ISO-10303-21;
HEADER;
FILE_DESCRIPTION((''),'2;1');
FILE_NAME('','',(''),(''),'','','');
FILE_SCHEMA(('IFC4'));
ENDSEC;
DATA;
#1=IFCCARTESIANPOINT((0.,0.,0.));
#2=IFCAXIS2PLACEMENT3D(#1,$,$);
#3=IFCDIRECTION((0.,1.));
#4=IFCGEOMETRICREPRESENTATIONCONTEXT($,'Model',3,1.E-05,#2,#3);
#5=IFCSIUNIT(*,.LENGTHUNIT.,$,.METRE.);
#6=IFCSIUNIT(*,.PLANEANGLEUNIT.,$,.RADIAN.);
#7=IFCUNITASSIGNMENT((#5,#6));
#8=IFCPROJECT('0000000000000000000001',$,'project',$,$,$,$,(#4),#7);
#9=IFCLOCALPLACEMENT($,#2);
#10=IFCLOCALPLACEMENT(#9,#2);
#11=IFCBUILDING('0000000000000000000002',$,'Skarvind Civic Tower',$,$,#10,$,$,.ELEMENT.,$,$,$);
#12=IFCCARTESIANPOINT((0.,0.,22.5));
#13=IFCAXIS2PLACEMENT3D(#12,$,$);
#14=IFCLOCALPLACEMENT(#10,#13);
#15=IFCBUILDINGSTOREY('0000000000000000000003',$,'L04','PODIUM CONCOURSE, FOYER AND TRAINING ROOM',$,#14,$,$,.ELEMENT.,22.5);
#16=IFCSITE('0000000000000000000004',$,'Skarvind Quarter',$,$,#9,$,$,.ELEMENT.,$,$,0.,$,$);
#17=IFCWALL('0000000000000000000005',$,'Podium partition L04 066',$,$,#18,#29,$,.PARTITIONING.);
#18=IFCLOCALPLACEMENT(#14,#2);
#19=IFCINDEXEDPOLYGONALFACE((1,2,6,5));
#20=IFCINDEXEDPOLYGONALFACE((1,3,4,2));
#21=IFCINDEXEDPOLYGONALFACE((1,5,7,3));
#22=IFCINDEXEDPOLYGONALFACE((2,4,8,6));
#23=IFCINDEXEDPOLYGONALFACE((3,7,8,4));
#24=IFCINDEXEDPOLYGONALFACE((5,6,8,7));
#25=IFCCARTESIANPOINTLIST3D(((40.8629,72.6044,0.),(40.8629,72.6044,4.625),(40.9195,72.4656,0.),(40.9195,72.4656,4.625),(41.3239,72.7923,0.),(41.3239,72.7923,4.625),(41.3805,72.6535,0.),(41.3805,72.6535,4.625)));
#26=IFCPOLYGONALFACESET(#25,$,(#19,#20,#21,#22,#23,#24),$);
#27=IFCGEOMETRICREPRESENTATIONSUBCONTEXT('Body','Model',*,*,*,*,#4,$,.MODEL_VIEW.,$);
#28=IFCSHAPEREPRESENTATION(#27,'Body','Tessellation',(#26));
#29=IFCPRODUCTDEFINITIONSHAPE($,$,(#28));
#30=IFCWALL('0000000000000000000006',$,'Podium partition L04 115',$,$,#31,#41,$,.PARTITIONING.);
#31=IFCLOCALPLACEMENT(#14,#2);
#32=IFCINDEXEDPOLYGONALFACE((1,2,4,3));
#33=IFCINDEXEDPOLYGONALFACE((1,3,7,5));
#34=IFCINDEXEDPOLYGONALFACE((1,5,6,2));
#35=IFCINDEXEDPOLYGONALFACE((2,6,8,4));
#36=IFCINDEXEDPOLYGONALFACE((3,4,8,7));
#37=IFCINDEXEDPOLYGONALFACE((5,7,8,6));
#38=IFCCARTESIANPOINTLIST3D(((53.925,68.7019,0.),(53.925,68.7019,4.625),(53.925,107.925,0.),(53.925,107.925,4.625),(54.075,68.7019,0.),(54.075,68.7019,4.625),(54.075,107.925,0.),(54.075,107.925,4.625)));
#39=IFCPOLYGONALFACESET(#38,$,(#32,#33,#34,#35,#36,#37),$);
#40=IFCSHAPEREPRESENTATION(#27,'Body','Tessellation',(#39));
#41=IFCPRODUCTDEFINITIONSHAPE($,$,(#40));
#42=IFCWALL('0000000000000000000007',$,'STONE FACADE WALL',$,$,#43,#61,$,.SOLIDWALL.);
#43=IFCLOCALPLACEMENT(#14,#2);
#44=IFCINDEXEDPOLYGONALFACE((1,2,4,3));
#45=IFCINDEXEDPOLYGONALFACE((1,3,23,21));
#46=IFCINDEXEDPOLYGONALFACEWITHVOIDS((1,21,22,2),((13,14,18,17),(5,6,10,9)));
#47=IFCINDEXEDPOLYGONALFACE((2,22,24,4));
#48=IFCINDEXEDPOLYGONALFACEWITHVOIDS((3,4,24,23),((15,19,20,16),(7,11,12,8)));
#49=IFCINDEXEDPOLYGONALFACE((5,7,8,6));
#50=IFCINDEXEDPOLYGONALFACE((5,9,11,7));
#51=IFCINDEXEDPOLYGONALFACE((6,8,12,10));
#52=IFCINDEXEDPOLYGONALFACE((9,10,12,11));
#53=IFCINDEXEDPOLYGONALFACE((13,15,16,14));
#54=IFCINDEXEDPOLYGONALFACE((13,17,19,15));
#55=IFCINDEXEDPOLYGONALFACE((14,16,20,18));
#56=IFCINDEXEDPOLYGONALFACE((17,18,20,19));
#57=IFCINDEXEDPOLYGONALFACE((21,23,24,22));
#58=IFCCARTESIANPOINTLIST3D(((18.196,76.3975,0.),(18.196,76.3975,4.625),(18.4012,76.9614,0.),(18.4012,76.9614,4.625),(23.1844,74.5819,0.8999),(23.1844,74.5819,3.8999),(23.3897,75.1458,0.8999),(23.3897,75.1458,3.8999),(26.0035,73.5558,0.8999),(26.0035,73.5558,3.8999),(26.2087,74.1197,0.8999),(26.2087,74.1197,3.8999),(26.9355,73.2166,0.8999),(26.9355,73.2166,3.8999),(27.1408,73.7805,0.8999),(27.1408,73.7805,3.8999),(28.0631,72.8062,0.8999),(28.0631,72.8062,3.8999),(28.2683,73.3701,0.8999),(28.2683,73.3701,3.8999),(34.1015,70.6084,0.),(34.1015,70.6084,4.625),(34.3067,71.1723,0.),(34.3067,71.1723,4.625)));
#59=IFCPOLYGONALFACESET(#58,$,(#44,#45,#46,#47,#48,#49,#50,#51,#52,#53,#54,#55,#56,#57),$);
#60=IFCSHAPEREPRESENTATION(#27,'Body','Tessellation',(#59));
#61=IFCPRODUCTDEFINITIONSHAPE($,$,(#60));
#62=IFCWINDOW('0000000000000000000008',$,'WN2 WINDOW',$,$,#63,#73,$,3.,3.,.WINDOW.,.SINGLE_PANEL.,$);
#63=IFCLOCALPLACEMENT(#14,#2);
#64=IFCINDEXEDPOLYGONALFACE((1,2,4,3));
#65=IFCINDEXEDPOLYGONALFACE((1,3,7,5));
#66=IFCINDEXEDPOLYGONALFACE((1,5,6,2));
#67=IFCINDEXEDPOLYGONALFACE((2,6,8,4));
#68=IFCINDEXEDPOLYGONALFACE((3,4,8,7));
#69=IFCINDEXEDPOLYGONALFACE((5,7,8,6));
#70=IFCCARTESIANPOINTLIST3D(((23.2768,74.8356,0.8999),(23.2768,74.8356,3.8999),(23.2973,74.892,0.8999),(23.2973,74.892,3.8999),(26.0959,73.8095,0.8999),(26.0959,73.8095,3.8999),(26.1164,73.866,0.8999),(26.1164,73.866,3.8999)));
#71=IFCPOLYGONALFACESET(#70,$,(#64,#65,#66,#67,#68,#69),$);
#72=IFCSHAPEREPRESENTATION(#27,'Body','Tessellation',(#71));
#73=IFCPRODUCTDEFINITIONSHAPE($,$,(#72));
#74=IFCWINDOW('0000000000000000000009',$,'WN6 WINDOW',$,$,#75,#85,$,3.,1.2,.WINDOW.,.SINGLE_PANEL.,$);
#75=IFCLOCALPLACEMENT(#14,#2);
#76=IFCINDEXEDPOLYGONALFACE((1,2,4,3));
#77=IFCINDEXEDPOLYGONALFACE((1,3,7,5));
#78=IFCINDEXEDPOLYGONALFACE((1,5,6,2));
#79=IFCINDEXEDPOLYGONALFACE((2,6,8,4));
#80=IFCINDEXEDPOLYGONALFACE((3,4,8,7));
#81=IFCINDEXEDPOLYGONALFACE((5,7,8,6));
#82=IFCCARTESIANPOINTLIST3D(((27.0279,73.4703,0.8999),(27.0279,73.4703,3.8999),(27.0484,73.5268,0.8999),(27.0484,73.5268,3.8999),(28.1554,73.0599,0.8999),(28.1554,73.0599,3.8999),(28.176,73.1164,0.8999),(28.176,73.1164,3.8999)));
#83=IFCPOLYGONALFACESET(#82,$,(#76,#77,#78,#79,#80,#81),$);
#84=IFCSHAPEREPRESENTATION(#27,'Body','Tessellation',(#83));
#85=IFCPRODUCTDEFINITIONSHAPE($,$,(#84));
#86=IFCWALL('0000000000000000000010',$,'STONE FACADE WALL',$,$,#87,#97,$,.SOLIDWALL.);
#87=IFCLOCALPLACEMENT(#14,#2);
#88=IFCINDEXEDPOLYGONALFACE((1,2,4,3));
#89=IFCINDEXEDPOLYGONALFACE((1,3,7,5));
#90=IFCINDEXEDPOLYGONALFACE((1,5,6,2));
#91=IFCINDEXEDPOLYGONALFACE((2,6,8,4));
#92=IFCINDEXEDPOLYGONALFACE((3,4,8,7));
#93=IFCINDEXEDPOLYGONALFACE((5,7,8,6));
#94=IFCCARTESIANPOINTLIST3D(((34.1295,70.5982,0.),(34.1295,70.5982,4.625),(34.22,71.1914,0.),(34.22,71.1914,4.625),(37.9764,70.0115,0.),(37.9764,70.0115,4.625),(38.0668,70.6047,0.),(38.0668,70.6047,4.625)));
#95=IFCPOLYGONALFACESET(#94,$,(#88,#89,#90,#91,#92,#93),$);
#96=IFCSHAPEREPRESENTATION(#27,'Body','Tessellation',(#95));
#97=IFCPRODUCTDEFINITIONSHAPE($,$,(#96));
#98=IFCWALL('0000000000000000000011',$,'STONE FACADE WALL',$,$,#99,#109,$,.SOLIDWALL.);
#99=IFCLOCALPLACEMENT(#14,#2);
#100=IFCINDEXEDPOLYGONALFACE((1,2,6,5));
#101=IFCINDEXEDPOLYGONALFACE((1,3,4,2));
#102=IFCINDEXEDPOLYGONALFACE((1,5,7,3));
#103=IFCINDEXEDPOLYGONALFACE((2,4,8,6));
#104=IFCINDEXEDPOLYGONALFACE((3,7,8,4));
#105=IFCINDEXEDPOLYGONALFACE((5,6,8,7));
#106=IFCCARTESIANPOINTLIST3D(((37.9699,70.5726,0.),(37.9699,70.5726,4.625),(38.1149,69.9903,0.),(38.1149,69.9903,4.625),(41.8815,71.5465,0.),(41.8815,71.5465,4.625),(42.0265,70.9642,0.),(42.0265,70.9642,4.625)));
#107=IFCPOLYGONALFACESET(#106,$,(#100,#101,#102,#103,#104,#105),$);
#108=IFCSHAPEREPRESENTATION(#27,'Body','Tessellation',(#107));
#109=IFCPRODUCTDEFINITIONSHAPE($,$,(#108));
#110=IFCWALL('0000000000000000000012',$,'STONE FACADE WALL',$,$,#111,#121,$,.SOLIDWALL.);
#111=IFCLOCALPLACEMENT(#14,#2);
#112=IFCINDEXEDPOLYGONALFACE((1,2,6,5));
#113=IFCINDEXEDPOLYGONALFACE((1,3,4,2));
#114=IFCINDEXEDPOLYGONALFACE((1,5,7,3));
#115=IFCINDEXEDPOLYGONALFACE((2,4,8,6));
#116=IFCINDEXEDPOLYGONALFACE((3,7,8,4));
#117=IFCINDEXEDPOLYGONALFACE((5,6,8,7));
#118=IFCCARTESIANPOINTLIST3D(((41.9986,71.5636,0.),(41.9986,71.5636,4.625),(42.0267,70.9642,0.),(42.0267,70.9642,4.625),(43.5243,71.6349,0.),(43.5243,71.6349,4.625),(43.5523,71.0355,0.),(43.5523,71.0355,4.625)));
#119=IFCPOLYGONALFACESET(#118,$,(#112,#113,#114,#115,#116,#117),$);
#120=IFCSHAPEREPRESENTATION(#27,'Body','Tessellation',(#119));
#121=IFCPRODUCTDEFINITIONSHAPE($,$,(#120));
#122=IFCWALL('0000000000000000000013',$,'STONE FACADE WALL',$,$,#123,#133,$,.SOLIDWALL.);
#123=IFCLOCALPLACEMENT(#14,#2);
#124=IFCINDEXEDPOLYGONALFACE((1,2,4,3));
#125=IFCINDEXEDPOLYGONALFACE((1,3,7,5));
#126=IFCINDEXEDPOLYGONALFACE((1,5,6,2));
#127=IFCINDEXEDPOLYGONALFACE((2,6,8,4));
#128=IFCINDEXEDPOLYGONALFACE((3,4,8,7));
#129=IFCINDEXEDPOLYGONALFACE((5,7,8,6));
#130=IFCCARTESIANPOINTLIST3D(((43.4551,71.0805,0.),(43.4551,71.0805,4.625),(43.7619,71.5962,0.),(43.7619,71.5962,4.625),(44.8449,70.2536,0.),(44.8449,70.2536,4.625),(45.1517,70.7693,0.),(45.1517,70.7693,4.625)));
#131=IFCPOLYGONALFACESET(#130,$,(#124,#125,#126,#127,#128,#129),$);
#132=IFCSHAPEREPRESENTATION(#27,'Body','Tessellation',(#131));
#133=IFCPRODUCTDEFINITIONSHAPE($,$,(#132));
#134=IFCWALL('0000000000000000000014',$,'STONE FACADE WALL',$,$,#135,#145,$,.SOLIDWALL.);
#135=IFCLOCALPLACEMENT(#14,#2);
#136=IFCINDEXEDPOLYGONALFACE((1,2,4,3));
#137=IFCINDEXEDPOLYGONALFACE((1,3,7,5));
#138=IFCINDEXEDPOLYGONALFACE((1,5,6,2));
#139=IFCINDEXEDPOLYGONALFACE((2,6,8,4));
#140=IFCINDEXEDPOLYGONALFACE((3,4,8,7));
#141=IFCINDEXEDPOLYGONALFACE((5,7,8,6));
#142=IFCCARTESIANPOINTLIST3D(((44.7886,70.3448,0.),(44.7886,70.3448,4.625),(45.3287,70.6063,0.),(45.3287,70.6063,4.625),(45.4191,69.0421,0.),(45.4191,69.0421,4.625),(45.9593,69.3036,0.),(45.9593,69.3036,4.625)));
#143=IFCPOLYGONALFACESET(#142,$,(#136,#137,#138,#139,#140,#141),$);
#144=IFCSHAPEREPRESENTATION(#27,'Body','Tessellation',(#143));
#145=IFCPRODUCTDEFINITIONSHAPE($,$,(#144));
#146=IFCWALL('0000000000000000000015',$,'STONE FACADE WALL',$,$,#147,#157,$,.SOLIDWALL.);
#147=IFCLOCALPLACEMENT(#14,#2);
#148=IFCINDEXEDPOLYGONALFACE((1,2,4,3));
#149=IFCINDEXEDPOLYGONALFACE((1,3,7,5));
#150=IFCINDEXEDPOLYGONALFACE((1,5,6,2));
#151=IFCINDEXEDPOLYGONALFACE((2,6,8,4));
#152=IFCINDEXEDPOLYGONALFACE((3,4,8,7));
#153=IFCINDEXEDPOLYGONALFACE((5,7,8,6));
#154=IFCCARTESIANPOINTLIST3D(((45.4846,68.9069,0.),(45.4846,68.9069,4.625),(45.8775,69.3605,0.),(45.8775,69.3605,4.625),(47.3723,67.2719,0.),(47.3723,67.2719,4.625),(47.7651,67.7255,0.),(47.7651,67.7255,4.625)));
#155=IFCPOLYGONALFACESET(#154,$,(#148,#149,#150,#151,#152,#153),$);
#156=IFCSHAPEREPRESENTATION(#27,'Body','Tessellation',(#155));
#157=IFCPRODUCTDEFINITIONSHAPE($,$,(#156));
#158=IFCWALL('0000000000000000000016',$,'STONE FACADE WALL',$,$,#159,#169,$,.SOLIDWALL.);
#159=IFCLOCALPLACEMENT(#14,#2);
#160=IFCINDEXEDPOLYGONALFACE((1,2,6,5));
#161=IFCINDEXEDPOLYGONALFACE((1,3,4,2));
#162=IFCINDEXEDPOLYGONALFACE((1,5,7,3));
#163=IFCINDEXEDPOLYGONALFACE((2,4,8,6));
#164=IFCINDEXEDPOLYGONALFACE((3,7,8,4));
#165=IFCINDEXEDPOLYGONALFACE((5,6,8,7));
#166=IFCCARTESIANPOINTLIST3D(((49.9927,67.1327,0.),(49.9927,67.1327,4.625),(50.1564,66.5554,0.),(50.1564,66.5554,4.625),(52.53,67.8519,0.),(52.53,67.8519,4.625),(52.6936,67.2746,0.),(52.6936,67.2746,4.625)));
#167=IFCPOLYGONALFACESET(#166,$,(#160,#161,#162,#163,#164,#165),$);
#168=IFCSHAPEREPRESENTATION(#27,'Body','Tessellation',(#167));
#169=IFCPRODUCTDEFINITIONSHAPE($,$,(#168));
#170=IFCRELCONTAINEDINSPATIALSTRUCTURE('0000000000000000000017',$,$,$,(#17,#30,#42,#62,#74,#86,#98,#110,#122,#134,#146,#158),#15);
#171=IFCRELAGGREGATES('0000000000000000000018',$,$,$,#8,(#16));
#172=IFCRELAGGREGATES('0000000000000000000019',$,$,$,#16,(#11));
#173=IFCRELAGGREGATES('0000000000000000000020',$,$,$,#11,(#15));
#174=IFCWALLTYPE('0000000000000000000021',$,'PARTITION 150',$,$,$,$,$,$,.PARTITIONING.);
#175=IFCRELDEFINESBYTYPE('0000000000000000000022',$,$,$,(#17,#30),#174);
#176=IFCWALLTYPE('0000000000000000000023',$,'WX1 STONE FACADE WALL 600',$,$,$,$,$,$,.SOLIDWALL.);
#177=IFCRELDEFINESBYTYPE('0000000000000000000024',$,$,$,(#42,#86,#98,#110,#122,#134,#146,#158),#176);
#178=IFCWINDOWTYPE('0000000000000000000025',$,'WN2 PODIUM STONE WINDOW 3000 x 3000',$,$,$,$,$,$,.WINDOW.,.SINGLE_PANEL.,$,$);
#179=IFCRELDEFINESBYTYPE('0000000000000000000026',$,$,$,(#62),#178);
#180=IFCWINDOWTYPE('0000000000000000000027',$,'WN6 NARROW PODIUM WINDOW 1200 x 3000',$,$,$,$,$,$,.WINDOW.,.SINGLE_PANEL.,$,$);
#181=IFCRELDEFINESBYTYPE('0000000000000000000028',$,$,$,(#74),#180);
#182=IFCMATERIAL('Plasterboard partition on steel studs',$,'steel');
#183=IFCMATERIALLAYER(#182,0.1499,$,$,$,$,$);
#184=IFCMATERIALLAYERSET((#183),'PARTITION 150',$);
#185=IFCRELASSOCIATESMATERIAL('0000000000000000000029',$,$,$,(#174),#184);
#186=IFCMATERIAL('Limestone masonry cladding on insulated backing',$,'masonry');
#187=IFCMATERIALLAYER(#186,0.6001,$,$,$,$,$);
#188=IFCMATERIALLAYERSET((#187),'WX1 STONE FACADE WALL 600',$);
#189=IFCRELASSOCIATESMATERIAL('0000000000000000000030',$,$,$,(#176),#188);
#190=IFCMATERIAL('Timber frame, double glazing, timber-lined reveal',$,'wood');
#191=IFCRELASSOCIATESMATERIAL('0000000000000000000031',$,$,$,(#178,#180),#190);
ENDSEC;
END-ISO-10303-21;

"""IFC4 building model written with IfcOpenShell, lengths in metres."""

from ifc_helpers import new_model, si_unit, direction, frame, frame_2d, origin, place, context, subcontext, project, spatial, rectangle, extrude, material, layer, layer_set, type_object, element, fill, save


model = new_model("IFC4")

# Units and contexts
model_context = context("Model", 3, precision=1e-05, world=origin(), true_north=direction((0.0, 1.0)))
body_context = subcontext(model_context, "Body", "Model", "MODEL_VIEW")
ifc_project = project(units=[si_unit("LENGTHUNIT", "METRE"), si_unit("PLANEANGLEUNIT", "RADIAN")], contexts=[model_context])

# Site, building, storey
site_placement = place(None, origin())
site = spatial("IfcSite", under=ifc_project, at=site_placement, Name="Skarvind Quarter", CompositionType="ELEMENT", RefElevation=0.0)
building_placement = place(site_placement, origin())
building = spatial("IfcBuilding", under=site, at=building_placement, Name="Skarvind Civic Tower", CompositionType="ELEMENT")
storey_placement = place(building_placement, frame((0.0, 0.0, 22.5)))
storey = spatial("IfcBuildingStorey", under=building, at=storey_placement, Name="L04", Description="PODIUM CONCOURSE, FOYER AND TRAINING ROOM", CompositionType="ELEMENT", Elevation=22.5)

# Shared definitions
ifc_material_1 = material(Name="Plasterboard partition on steel studs", Category="steel")
ifc_layer_1 = layer(ifc_material_1, 0.1499)
ifc_layer_set_1 = layer_set([ifc_layer_1], Name="PARTITION 150")
wall_type_1 = type_object("IfcWallType", Name="PARTITION 150", PredefinedType="PARTITIONING", material=ifc_layer_set_1)

# Walls
wall_1_placement = place(storey_placement, frame((40.8911, 72.5349, 0.0), z_axis=(0.0, 0.0, 1.0), x_axis=(0.925953, 0.37764, 0.0)))
element("IfcWall", 1, at=wall_1_placement, inside=storey, type_object=wall_type_1, Name="Podium partition L04 066", PredefinedType="PARTITIONING", context=body_context, shape_type="SweptSolid", body=[
    extrude(rectangle(XDim=0.4978, YDim=0.1499, at=frame_2d((0.249, 0.0))), origin(), (0.0, 0.0, 1.0), 4.625),
])
wall_2_placement = place(storey_placement, frame((54.0, 68.7019, 0.0), z_axis=(0.0, 0.0, 1.0), x_axis=(0.0, 1.0, 0.0)))
element("IfcWall", 2, at=wall_2_placement, inside=storey, type_object=wall_type_1, Name="Podium partition L04 115", PredefinedType="PARTITIONING", context=body_context, shape_type="SweptSolid", body=[
    extrude(rectangle(XDim=39.2231, YDim=0.1499, at=frame_2d((19.6116, 0.0))), origin(), (0.0, 0.0, 1.0), 4.625),
])

# Wall, openings, windows
ifc_material_2 = material(Name="Limestone masonry cladding on insulated backing", Category="masonry")
ifc_layer_2 = layer(ifc_material_2, 0.6001)
ifc_layer_set_2 = layer_set([ifc_layer_2], Name="WX1 STONE FACADE WALL 600")
wall_type_2 = type_object("IfcWallType", Name="WX1 STONE FACADE WALL 600", PredefinedType="SOLIDWALL", material=ifc_layer_set_2)
wall_3_placement = place(storey_placement, frame((34.2041, 70.8904, 0.0), z_axis=(0.0, 0.0, 1.0), x_axis=(-0.939694, 0.342016, 0.0)))
wall_3 = element("IfcWall", 3, at=wall_3_placement, inside=storey, type_object=wall_type_2, Name="STONE FACADE WALL", PredefinedType="SOLIDWALL", context=body_context, shape_type="SweptSolid", body=[
    extrude(rectangle(XDim=16.9263, YDim=0.6001, at=frame_2d((8.4631, 0.0))), origin(), (0.0, 0.0, 1.0), 4.625),
])
opening_1_placement = place(wall_3_placement, frame((6.4258, 0.0, 0.8999)))
opening_1 = element("IfcOpeningElement", 4, at=opening_1_placement, cuts=wall_3, PredefinedType="OPENING", context=body_context, shape_type="SweptSolid", body=[
    extrude(rectangle(XDim=1.2, YDim=3.0, at=frame_2d((0.6001, 1.5))), frame((0.0, 0.3101, 0.0), z_axis=(0.0, -1.0, 0.0), x_axis=(1.0, 0.0, 0.0)), (0.0, 0.0, 1.0), 0.6201),
])
opening_2_placement = place(wall_3_placement, frame((8.6177, 0.0, 0.8999)))
opening_2 = element("IfcOpeningElement", 5, at=opening_2_placement, cuts=wall_3, PredefinedType="OPENING", context=body_context, shape_type="SweptSolid", body=[
    extrude(rectangle(XDim=3.0, YDim=3.0, at=frame_2d((1.5, 1.5))), frame((0.0, 0.3101, 0.0), z_axis=(0.0, -1.0, 0.0), x_axis=(1.0, 0.0, 0.0)), (0.0, 0.0, 1.0), 0.6201),
])
ifc_material_3 = material(Name="Timber frame, double glazing, timber-lined reveal", Category="wood")
window_type_1 = type_object("IfcWindowType", Name="WN2 PODIUM STONE WINDOW 3000 x 3000", PartitioningType="SINGLE_PANEL", PredefinedType="WINDOW", material=ifc_material_3)
window_1_placement = place(opening_2_placement, origin())
window_1 = element("IfcWindow", 6, at=window_1_placement, inside=storey, type_object=window_type_1, Name="WN2 WINDOW", OverallHeight=3.0, OverallWidth=3.0, PartitioningType="SINGLE_PANEL", PredefinedType="WINDOW", context=body_context, shape_type="SweptSolid", body=[
    extrude(rectangle(XDim=3.0, YDim=3.0, at=frame_2d((1.5, 1.5))), frame((0.0, 0.03, 0.0), z_axis=(0.0, -1.0, 0.0), x_axis=(1.0, 0.0, 0.0)), (0.0, 0.0, 1.0), 0.0601),
])
fill(opening_2, window_1)
window_type_2 = type_object("IfcWindowType", Name="WN6 NARROW PODIUM WINDOW 1200 x 3000", PartitioningType="SINGLE_PANEL", PredefinedType="WINDOW", material=ifc_material_3)
window_2_placement = place(opening_1_placement, origin())
window_2 = element("IfcWindow", 7, at=window_2_placement, inside=storey, type_object=window_type_2, Name="WN6 WINDOW", OverallHeight=3.0, OverallWidth=1.2, PartitioningType="SINGLE_PANEL", PredefinedType="WINDOW", context=body_context, shape_type="SweptSolid", body=[
    extrude(rectangle(XDim=1.2, YDim=3.0, at=frame_2d((0.6001, 1.5))), frame((0.0, 0.03, 0.0), z_axis=(0.0, -1.0, 0.0), x_axis=(1.0, 0.0, 0.0)), (0.0, 0.0, 1.0), 0.0601),
])
fill(opening_1, window_2)

# Walls
wall_4_placement = place(storey_placement, frame((38.0217, 70.3081, 0.0), z_axis=(0.0, 0.0, 1.0), x_axis=(-0.98857, 0.150761, 0.0)))
element("IfcWall", 8, at=wall_4_placement, inside=storey, type_object=wall_type_2, Name="STONE FACADE WALL", PredefinedType="SOLIDWALL", context=body_context, shape_type="SweptSolid", body=[
    extrude(rectangle(XDim=3.8914, YDim=0.6001, at=frame_2d((1.9458, 0.0))), origin(), (0.0, 0.0, 1.0), 4.625),
])
wall_5_placement = place(storey_placement, frame((41.9541, 71.2554, 0.0), z_axis=(0.0, 0.0, 1.0), x_axis=(-0.970377, -0.241595, 0.0)))
element("IfcWall", 9, at=wall_5_placement, inside=storey, type_object=wall_type_2, Name="STONE FACADE WALL", PredefinedType="SOLIDWALL", context=body_context, shape_type="SweptSolid", body=[
    extrude(rectangle(XDim=4.031, YDim=0.6001, at=frame_2d((2.0156, 0.0))), origin(), (0.0, 0.0, 1.0), 4.625),
])
wall_6_placement = place(storey_placement, frame((43.5383, 71.3352, 0.0), z_axis=(0.0, 0.0, 1.0), x_axis=(-0.99891, -0.046677, 0.0)))
element("IfcWall", 10, at=wall_6_placement, inside=storey, type_object=wall_type_2, Name="STONE FACADE WALL", PredefinedType="SOLIDWALL", context=body_context, shape_type="SweptSolid", body=[
    extrude(rectangle(XDim=1.5273, YDim=0.6001, at=frame_2d((0.7637, 0.0))), origin(), (0.0, 0.0, 1.0), 4.625),
])
wall_7_placement = place(storey_placement, frame((44.9983, 70.5115, 0.0), z_axis=(0.0, 0.0, 1.0), x_axis=(-0.859405, 0.511295, 0.0)))
element("IfcWall", 11, at=wall_7_placement, inside=storey, type_object=wall_type_2, Name="STONE FACADE WALL", PredefinedType="SOLIDWALL", context=body_context, shape_type="SweptSolid", body=[
    extrude(rectangle(XDim=1.6172, YDim=0.6001, at=frame_2d((0.8086, 0.0))), origin(), (0.0, 0.0, 1.0), 4.625),
])
wall_8_placement = place(storey_placement, frame((45.6892, 69.1729, 0.0), z_axis=(0.0, 0.0, 1.0), x_axis=(-0.435706, 0.900089, 0.0)))
element("IfcWall", 12, at=wall_8_placement, inside=storey, type_object=wall_type_2, Name="STONE FACADE WALL", PredefinedType="SOLIDWALL", context=body_context, shape_type="SweptSolid", body=[
    extrude(rectangle(XDim=1.4473, YDim=0.6001, at=frame_2d((0.7236, 0.0))), origin(), (0.0, 0.0, 1.0), 4.625),
])
wall_9_placement = place(storey_placement, frame((47.5686, 67.4988, 0.0), z_axis=(0.0, 0.0, 1.0), x_axis=(-0.755886, 0.654703, 0.0)))
element("IfcWall", 13, at=wall_9_placement, inside=storey, type_object=wall_type_2, Name="STONE FACADE WALL", PredefinedType="SOLIDWALL", context=body_context, shape_type="SweptSolid", body=[
    extrude(rectangle(XDim=2.4973, YDim=0.6001, at=frame_2d((1.2485, 0.0))), origin(), (0.0, 0.0, 1.0), 4.625),
])
wall_10_placement = place(storey_placement, frame((52.6118, 67.5632, 0.0), z_axis=(0.0, 0.0, 1.0), x_axis=(-0.962095, -0.272715, 0.0)))
element("IfcWall", 14, at=wall_10_placement, inside=storey, type_object=wall_type_2, Name="STONE FACADE WALL", PredefinedType="SOLIDWALL", context=body_context, shape_type="SweptSolid", body=[
    extrude(rectangle(XDim=2.6372, YDim=0.6001, at=frame_2d((1.3186, 0.0))), origin(), (0.0, 0.0, 1.0), 4.625),
])

save(model, "model.ifc")
